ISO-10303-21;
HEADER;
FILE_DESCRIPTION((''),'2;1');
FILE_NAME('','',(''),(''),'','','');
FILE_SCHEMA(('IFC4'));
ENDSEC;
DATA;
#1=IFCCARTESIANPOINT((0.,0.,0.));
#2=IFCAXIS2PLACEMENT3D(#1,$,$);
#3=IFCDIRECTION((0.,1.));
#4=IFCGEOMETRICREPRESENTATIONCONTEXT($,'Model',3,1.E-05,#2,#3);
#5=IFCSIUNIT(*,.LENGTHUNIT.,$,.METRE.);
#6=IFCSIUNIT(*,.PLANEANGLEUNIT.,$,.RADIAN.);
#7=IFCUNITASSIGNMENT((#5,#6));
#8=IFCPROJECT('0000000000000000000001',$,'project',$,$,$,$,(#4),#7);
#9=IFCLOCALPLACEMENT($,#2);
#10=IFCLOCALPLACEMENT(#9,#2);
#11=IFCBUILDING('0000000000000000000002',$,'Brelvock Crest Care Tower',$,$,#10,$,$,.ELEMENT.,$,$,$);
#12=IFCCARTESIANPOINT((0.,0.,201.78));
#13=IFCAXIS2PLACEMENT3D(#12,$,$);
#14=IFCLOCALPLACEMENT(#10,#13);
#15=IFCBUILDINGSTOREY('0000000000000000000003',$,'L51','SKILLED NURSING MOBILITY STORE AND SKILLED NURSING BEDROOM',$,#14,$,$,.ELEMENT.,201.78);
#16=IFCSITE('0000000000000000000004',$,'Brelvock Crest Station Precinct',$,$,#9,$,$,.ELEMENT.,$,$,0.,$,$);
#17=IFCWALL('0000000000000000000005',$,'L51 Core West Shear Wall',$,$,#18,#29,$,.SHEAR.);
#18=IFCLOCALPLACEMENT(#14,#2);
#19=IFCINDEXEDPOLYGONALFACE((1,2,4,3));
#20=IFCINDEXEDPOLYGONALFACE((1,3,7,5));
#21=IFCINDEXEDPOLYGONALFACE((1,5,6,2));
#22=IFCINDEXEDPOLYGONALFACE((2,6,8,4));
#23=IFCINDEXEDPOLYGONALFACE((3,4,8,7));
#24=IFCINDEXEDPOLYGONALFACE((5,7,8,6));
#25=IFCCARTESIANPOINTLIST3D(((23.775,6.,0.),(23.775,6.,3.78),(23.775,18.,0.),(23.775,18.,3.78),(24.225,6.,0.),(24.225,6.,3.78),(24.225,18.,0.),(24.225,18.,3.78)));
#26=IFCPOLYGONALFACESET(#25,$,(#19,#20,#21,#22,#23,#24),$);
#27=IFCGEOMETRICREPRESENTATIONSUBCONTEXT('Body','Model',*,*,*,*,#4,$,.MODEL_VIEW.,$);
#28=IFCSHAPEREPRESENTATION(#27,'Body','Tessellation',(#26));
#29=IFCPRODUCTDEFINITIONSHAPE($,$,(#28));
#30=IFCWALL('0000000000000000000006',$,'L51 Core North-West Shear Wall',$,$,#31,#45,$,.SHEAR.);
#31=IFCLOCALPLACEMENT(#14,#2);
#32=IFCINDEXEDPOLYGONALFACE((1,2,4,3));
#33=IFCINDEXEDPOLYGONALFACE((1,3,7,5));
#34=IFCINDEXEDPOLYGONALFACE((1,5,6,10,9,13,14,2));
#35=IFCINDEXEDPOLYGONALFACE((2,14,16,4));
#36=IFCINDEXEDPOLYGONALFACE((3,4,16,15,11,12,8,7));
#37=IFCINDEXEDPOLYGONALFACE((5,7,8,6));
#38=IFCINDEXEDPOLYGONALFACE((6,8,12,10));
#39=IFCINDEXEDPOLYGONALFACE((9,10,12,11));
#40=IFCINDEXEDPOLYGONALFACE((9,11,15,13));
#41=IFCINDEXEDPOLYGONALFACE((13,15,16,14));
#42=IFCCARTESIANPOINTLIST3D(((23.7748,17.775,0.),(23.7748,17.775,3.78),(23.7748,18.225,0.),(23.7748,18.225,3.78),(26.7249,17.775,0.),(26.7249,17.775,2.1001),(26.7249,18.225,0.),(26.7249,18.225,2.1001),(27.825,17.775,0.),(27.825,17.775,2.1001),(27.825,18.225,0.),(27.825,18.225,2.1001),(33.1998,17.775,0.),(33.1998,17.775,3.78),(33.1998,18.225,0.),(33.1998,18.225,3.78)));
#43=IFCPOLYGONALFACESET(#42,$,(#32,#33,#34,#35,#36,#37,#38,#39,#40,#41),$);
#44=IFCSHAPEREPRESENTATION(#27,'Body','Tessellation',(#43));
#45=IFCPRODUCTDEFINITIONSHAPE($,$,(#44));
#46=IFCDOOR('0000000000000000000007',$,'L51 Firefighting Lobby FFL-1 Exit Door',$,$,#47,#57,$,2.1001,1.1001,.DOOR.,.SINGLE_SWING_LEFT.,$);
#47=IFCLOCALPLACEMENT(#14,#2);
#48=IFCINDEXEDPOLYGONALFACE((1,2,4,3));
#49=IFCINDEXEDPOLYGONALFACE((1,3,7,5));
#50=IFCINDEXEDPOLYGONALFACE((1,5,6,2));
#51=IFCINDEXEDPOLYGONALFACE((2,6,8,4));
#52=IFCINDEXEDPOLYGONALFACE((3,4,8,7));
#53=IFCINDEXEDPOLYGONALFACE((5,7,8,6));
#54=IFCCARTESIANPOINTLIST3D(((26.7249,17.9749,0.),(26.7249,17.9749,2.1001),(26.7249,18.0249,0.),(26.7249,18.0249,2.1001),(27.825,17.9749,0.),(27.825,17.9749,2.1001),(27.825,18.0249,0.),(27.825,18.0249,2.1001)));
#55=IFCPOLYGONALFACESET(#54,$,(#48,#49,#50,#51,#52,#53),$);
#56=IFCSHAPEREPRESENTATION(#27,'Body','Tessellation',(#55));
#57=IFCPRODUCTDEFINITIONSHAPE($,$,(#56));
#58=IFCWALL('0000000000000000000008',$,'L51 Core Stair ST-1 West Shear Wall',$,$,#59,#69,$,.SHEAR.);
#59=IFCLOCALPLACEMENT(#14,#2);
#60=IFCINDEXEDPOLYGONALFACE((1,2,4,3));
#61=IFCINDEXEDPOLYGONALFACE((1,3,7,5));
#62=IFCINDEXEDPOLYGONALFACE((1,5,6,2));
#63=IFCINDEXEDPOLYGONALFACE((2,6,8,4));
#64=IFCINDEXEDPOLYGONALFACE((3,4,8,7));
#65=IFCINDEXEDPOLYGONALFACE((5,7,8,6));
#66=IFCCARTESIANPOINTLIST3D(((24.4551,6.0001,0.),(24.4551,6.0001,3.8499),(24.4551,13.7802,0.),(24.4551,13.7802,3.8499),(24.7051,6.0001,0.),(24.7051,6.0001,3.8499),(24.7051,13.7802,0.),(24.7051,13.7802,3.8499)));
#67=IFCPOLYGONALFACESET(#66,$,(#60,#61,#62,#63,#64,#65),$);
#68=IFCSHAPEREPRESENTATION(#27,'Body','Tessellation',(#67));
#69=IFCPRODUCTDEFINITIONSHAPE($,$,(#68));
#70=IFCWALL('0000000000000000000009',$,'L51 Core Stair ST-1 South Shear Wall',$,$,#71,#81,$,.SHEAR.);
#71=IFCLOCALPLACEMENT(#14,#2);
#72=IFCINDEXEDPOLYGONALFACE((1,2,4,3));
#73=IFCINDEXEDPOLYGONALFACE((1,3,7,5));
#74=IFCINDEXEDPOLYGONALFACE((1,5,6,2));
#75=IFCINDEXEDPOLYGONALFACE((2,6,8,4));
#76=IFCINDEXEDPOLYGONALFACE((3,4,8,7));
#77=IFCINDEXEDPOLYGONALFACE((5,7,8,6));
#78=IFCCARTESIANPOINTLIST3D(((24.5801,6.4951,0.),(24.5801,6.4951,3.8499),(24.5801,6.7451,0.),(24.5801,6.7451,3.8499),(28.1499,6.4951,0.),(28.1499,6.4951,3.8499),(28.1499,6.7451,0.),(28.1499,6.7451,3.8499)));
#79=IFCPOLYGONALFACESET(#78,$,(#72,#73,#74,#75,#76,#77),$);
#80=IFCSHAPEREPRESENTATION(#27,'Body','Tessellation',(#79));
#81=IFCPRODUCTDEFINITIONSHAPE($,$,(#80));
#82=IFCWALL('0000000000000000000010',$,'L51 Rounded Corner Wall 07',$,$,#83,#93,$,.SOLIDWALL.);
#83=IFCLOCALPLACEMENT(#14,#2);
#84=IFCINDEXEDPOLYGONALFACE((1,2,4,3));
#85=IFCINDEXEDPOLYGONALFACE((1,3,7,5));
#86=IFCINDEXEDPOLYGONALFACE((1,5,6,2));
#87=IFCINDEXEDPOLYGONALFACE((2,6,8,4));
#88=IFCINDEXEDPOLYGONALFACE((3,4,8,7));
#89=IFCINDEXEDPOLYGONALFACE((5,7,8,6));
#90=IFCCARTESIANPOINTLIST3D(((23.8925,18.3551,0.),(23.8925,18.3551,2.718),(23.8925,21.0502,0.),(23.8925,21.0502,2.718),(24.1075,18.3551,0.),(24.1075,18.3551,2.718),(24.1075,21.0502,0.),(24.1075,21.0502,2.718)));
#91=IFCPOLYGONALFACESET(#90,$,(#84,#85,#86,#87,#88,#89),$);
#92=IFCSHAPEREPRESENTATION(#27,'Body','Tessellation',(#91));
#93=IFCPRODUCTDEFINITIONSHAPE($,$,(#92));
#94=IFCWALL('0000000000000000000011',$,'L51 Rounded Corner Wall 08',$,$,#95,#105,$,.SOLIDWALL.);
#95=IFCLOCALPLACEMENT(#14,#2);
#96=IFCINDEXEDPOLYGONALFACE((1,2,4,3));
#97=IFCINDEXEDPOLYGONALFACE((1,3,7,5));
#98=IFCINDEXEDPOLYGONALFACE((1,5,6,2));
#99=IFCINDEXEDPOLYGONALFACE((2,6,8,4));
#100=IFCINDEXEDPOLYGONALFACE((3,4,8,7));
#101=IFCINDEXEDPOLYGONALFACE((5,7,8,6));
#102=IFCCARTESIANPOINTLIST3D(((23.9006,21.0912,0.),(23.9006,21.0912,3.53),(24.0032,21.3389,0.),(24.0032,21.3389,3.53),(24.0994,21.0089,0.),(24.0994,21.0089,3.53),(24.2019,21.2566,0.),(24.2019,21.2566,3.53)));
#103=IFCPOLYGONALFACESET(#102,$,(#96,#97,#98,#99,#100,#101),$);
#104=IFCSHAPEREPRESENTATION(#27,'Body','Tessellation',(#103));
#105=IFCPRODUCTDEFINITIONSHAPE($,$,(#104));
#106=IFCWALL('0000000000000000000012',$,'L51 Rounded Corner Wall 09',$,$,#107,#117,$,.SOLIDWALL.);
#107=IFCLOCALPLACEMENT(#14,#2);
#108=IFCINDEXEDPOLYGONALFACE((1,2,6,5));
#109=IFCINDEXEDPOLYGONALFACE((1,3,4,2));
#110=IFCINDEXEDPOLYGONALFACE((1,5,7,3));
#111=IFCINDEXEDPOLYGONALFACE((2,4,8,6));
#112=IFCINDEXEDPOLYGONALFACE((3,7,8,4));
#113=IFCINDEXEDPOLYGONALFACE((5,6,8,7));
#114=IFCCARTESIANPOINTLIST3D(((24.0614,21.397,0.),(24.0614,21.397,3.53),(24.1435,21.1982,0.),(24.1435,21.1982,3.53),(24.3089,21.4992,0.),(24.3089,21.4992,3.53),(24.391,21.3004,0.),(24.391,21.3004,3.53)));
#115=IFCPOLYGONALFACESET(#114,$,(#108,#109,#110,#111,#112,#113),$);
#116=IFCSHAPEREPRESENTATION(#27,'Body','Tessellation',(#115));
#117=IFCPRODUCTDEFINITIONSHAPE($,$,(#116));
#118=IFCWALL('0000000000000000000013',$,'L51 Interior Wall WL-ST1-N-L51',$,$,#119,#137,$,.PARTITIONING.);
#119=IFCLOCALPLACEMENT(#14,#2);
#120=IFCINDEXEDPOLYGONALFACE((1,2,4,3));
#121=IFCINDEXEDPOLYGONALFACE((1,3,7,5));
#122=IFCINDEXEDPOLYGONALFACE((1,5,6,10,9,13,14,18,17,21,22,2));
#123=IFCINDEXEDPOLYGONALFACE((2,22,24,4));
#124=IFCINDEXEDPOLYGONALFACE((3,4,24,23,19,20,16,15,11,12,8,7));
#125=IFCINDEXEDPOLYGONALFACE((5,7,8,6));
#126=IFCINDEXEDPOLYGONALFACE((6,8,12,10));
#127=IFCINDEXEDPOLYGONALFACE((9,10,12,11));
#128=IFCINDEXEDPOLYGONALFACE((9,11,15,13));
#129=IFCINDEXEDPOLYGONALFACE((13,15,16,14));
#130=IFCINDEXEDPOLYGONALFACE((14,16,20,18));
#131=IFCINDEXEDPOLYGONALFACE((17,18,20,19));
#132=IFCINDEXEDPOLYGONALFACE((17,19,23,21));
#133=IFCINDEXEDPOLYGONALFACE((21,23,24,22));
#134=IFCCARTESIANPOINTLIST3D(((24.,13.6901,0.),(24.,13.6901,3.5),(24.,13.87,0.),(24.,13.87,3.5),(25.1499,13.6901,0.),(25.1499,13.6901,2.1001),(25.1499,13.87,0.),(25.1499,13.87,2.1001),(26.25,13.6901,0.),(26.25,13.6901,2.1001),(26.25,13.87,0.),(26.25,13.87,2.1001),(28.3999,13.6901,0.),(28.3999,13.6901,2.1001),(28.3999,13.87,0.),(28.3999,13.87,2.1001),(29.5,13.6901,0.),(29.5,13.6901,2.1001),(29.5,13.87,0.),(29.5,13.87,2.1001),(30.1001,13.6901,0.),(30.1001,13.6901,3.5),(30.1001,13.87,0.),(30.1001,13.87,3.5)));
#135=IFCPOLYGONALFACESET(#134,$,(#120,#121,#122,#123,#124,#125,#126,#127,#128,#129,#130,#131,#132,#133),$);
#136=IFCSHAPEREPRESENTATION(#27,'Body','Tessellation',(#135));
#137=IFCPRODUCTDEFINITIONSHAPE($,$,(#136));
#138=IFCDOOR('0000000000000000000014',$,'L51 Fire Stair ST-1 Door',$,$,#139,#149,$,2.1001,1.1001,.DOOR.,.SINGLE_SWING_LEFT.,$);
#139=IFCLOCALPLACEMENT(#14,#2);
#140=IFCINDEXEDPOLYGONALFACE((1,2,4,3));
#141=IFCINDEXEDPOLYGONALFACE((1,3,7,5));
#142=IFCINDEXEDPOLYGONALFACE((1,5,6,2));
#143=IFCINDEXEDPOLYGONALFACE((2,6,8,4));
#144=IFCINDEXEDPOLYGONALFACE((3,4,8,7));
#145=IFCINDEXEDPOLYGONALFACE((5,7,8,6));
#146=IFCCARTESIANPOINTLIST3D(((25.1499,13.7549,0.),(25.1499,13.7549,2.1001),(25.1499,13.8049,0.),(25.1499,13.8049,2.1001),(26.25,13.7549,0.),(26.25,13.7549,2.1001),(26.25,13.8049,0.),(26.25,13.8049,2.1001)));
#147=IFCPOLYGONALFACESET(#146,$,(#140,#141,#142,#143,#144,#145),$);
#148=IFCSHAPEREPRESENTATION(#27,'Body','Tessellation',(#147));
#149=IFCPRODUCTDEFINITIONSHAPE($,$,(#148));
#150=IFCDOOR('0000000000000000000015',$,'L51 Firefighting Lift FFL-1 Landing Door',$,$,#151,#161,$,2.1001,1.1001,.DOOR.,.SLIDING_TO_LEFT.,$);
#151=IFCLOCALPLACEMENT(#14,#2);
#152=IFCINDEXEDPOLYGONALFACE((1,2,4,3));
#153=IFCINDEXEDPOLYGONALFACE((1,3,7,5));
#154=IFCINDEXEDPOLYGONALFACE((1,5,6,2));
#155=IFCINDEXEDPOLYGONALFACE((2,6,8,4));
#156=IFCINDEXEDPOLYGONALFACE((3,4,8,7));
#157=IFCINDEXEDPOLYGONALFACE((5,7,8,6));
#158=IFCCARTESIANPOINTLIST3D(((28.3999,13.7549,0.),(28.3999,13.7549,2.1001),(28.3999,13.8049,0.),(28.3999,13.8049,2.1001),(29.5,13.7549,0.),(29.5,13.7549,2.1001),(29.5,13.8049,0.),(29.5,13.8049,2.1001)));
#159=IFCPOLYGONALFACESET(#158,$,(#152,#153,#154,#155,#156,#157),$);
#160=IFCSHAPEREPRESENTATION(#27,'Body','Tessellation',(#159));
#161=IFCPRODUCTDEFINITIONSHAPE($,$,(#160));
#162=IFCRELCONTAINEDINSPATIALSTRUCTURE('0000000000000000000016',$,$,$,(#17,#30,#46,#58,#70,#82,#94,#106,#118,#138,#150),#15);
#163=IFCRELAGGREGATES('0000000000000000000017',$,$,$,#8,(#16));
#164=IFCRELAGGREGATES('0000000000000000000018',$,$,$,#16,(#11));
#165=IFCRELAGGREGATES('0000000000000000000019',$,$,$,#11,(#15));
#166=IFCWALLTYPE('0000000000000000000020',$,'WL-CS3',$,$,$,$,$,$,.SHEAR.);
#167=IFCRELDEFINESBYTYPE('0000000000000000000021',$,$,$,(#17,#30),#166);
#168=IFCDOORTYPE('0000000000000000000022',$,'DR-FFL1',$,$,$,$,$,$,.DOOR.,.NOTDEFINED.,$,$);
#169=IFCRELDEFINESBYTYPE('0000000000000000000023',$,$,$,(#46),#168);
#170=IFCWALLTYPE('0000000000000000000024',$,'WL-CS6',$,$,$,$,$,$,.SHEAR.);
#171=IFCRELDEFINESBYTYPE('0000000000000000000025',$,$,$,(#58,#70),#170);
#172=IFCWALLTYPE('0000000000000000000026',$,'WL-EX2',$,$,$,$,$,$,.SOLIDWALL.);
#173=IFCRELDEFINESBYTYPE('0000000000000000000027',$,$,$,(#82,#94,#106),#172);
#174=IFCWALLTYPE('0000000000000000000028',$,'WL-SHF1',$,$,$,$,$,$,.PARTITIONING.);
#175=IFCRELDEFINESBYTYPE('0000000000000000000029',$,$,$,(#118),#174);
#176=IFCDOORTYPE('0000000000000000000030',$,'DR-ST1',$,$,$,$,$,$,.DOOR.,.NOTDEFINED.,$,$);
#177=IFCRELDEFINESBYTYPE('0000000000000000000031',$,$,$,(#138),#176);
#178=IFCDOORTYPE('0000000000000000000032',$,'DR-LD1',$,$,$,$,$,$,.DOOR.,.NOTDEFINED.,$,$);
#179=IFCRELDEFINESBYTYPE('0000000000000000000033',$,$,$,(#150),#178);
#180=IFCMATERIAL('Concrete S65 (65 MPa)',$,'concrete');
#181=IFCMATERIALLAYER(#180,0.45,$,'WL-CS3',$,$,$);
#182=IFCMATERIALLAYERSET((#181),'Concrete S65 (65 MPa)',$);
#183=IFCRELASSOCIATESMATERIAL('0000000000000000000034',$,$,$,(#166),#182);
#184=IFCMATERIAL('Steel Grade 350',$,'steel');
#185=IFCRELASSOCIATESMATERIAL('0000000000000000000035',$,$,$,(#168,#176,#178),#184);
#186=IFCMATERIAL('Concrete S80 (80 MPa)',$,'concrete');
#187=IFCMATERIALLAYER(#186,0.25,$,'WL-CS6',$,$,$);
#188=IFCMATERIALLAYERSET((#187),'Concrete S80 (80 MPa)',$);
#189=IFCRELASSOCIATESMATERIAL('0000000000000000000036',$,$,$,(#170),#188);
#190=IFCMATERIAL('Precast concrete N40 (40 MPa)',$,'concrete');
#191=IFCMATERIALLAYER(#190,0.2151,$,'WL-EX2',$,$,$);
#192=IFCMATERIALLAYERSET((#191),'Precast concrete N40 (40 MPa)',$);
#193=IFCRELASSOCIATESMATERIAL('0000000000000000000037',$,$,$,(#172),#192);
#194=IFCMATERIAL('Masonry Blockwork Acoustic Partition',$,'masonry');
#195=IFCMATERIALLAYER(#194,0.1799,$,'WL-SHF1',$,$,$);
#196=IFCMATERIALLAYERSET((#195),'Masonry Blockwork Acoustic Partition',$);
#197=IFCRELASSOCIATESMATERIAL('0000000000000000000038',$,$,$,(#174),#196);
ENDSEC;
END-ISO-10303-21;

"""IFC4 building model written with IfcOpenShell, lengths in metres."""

from ifc_helpers import new_model, si_unit, direction, frame, frame_2d, origin, origin_2d, place, context, subcontext, project, spatial, rectangle, extrude, source, transform, mapped, material, layer, layer_set, type_object, element, fill, save


model = new_model("IFC4")

# Units and contexts
model_context = context("Model", 3, precision=1e-05, world=origin(), true_north=direction((0.0, 1.0)))
body_context = subcontext(model_context, "Body", "Model", "MODEL_VIEW")
ifc_project = project(units=[si_unit("LENGTHUNIT", "METRE"), si_unit("PLANEANGLEUNIT", "RADIAN")], contexts=[model_context])

# Site, building, storey
site_placement = place(None, origin())
site = spatial("IfcSite", under=ifc_project, at=site_placement, Name="Brelvock Crest Station Precinct", CompositionType="ELEMENT", RefElevation=0.0)
building_placement = place(site_placement, origin())
building = spatial("IfcBuilding", under=site, at=building_placement, Name="Brelvock Crest Care Tower", CompositionType="ELEMENT")
storey_placement = place(building_placement, frame((0.0, 0.0, 201.78)))
storey = spatial("IfcBuildingStorey", under=building, at=storey_placement, Name="L51", Description="SKILLED NURSING MOBILITY STORE AND SKILLED NURSING BEDROOM", CompositionType="ELEMENT", Elevation=201.78)

# Shared definitions
ifc_material_1 = material(Name="Concrete S65 (65 MPa)", Category="concrete")

# Shared definitions
ifc_material_2 = material(Name="Steel Grade 350", Category="steel")

# Wall
ifc_layer_1 = layer(ifc_material_1, 0.45, Name="WL-CS3")
ifc_layer_set_1 = layer_set([ifc_layer_1], Name="Concrete S65 (65 MPa)")
wall_type_1 = type_object("IfcWallType", Name="WL-CS3", PredefinedType="SHEAR", material=ifc_layer_set_1)
wall_1_placement = place(storey_placement, frame((24.0, 6.0, 0.0), z_axis=(0.0, 0.0, 1.0), x_axis=(0.0, 1.0, 0.0)))
element("IfcWall", 1, at=wall_1_placement, inside=storey, type_object=wall_type_1, Name="L51 Core West Shear Wall", PredefinedType="SHEAR", context=body_context, shape_type="SweptSolid", body=[
    extrude(rectangle(XDim=12.0, YDim=0.45, at=frame_2d((6.0, 0.0))), origin(), (0.0, 0.0, 1.0), 3.78),
])

# Wall, opening, door
wall_2_placement = place(storey_placement, frame((23.7749, 18.0, 0.0), z_axis=(0.0, 0.0, 1.0), x_axis=(1.0, 0.0, 0.0)))
wall_2 = element("IfcWall", 2, at=wall_2_placement, inside=storey, type_object=wall_type_1, Name="L51 Core North-West Shear Wall", PredefinedType="SHEAR", context=body_context, shape_type="SweptSolid", body=[
    extrude(rectangle(XDim=9.425, YDim=0.45, at=frame_2d((4.7124, 0.0))), origin(), (0.0, 0.0, 1.0), 3.78),
])
opening_1_placement = place(wall_2_placement, frame((2.95, 0.0, 0.0)))
opening_1 = element("IfcOpeningElement", 3, at=opening_1_placement, cuts=wall_2, PredefinedType="OPENING", context=body_context, shape_type="SweptSolid", body=[
    extrude(rectangle(XDim=1.1001, YDim=2.1001, at=origin_2d()), frame((0.55, 0.2349, 1.05), z_axis=(0.0, -1.0, 0.0), x_axis=(1.0, 0.0, 0.0)), (0.0, 0.0, 1.0), 0.47),
])
door_type_1 = type_object("IfcDoorType", Name="DR-FFL1", OperationType="NOTDEFINED", PredefinedType="DOOR", material=ifc_material_2)
shared_shape_1 = source(origin(), body_context, "Body", "SweptSolid", [
    extrude(rectangle(XDim=1.1001, YDim=2.1001, at=origin_2d()), frame((0.55, 0.0249, 1.05), z_axis=(0.0, -1.0, 0.0), x_axis=(1.0, 0.0, 0.0)), (0.0, 0.0, 1.0), 0.05),
])
door_1_placement = place(opening_1_placement, origin())
door_1 = element("IfcDoor", 4, at=door_1_placement, inside=storey, type_object=door_type_1, Name="L51 Firefighting Lobby FFL-1 Exit Door", OperationType="SINGLE_SWING_LEFT", OverallHeight=2.1001, OverallWidth=1.1001, PredefinedType="DOOR", context=body_context, shape_type="MappedRepresentation", body=[
    mapped(shared_shape_1, transform((0.0, 0.0, 0.0), x_axis=(1.0, 0.0, 0.0), y_axis=(0.0, 1.0, 0.0), z_axis=(0.0, 0.0, 1.0), scale=1.0)),
])
fill(opening_1, door_1)

# Walls
ifc_material_3 = material(Name="Concrete S80 (80 MPa)", Category="concrete")
ifc_layer_2 = layer(ifc_material_3, 0.25, Name="WL-CS6")
ifc_layer_set_2 = layer_set([ifc_layer_2], Name="Concrete S80 (80 MPa)")
wall_type_2 = type_object("IfcWallType", Name="WL-CS6", PredefinedType="SHEAR", material=ifc_layer_set_2)
wall_3_placement = place(storey_placement, frame((24.5801, 6.0, 0.0), z_axis=(0.0, 0.0, 1.0), x_axis=(0.0, 1.0, 0.0)))
element("IfcWall", 5, at=wall_3_placement, inside=storey, type_object=wall_type_2, Name="L51 Core Stair ST-1 West Shear Wall", PredefinedType="SHEAR", context=body_context, shape_type="SweptSolid", body=[
    extrude(rectangle(XDim=7.78, YDim=0.25, at=frame_2d((3.8901, 0.0))), origin(), (0.0, 0.0, 1.0), 3.8499),
])
wall_4_placement = place(storey_placement, frame((24.5801, 6.6201, 0.0), z_axis=(0.0, 0.0, 1.0), x_axis=(1.0, 0.0, 0.0)))
element("IfcWall", 6, at=wall_4_placement, inside=storey, type_object=wall_type_2, Name="L51 Core Stair ST-1 South Shear Wall", PredefinedType="SHEAR", context=body_context, shape_type="SweptSolid", body=[
    extrude(rectangle(XDim=3.5698, YDim=0.25, at=frame_2d((1.7849, 0.0))), origin(), (0.0, 0.0, 1.0), 3.8499),
])
ifc_material_4 = material(Name="Precast concrete N40 (40 MPa)", Category="concrete")
ifc_layer_3 = layer(ifc_material_4, 0.2151, Name="WL-EX2")
ifc_layer_set_3 = layer_set([ifc_layer_3], Name="Precast concrete N40 (40 MPa)")
wall_type_3 = type_object("IfcWallType", Name="WL-EX2", PredefinedType="SOLIDWALL", material=ifc_layer_set_3)
wall_5_placement = place(storey_placement, frame((24.0, 18.355, 0.0), z_axis=(0.0, 0.0, 1.0), x_axis=(0.0, 1.0, 0.0)))
element("IfcWall", 7, at=wall_5_placement, inside=storey, type_object=wall_type_3, Name="L51 Rounded Corner Wall 07", PredefinedType="SOLIDWALL", context=body_context, shape_type="SweptSolid", body=[
    extrude(rectangle(XDim=2.6951, YDim=0.2151, at=frame_2d((1.3477, 0.0))), origin(), (0.0, 0.0, 1.0), 2.718),
])
wall_6_placement = place(storey_placement, frame((24.0, 21.05, 0.0), z_axis=(0.0, 0.0, 1.0), x_axis=(0.382674, 0.923884, 0.0)))
element("IfcWall", 8, at=wall_6_placement, inside=storey, type_object=wall_type_3, Name="L51 Rounded Corner Wall 08", PredefinedType="SOLIDWALL", context=body_context, shape_type="SweptSolid", body=[
    extrude(rectangle(XDim=0.2681, YDim=0.2151, at=frame_2d((0.134, 0.0))), origin(), (0.0, 0.0, 1.0), 3.53),
])
wall_7_placement = place(storey_placement, frame((24.1025, 21.2976, 0.0), z_axis=(0.0, 0.0, 1.0), x_axis=(0.924205, 0.381896, 0.0)))
element("IfcWall", 9, at=wall_7_placement, inside=storey, type_object=wall_type_3, Name="L51 Rounded Corner Wall 09", PredefinedType="SOLIDWALL", context=body_context, shape_type="SweptSolid", body=[
    extrude(rectangle(XDim=0.2678, YDim=0.2151, at=frame_2d((0.1338, 0.0))), origin(), (0.0, 0.0, 1.0), 3.53),
])

# Wall, openings, doors
ifc_material_5 = material(Name="Masonry Blockwork Acoustic Partition", Category="masonry")
ifc_layer_4 = layer(ifc_material_5, 0.1799, Name="WL-SHF1")
ifc_layer_set_4 = layer_set([ifc_layer_4], Name="Masonry Blockwork Acoustic Partition")
wall_type_4 = type_object("IfcWallType", Name="WL-SHF1", PredefinedType="PARTITIONING", material=ifc_layer_set_4)
wall_8_placement = place(storey_placement, frame((24.0, 13.78, 0.0), z_axis=(0.0, 0.0, 1.0), x_axis=(1.0, 0.0, 0.0)))
wall_8 = element("IfcWall", 10, at=wall_8_placement, inside=storey, type_object=wall_type_4, Name="L51 Interior Wall WL-ST1-N-L51", PredefinedType="PARTITIONING", context=body_context, shape_type="SweptSolid", body=[
    extrude(rectangle(XDim=6.1001, YDim=0.1799, at=frame_2d((3.05, 0.0))), origin(), (0.0, 0.0, 1.0), 3.5),
])
opening_2_placement = place(wall_8_placement, frame((1.1499, 0.0, 0.0)))
opening_2 = element("IfcOpeningElement", 11, at=opening_2_placement, cuts=wall_8, PredefinedType="OPENING", context=body_context, shape_type="SweptSolid", body=[
    extrude(rectangle(XDim=1.1001, YDim=2.1001, at=origin_2d()), frame((0.55, 0.1001, 1.05), z_axis=(0.0, -1.0, 0.0), x_axis=(1.0, 0.0, 0.0)), (0.0, 0.0, 1.0), 0.2),
])
opening_3_placement = place(wall_8_placement, frame((4.3999, 0.0, 0.0)))
opening_3 = element("IfcOpeningElement", 12, at=opening_3_placement, cuts=wall_8, PredefinedType="OPENING", context=body_context, shape_type="SweptSolid", body=[
    extrude(rectangle(XDim=1.1001, YDim=2.1001, at=origin_2d()), frame((0.55, 0.1001, 1.05), z_axis=(0.0, -1.0, 0.0), x_axis=(1.0, 0.0, 0.0)), (0.0, 0.0, 1.0), 0.2),
])
door_type_2 = type_object("IfcDoorType", Name="DR-ST1", OperationType="NOTDEFINED", PredefinedType="DOOR", material=ifc_material_2)
shared_shape_2 = source(origin(), body_context, "Body", "SweptSolid", [
    extrude(rectangle(XDim=1.1001, YDim=2.1001, at=origin_2d()), frame((0.55, 0.0249, 1.05), z_axis=(0.0, -1.0, 0.0), x_axis=(1.0, 0.0, 0.0)), (0.0, 0.0, 1.0), 0.05),
])
door_2_placement = place(opening_2_placement, origin())
door_2 = element("IfcDoor", 13, at=door_2_placement, inside=storey, type_object=door_type_2, Name="L51 Fire Stair ST-1 Door", OperationType="SINGLE_SWING_LEFT", OverallHeight=2.1001, OverallWidth=1.1001, PredefinedType="DOOR", context=body_context, shape_type="MappedRepresentation", body=[
    mapped(shared_shape_2, transform((0.0, 0.0, 0.0), x_axis=(1.0, 0.0, 0.0), y_axis=(0.0, 1.0, 0.0), z_axis=(0.0, 0.0, 1.0), scale=1.0)),
])
fill(opening_2, door_2)
door_type_3 = type_object("IfcDoorType", Name="DR-LD1", OperationType="NOTDEFINED", PredefinedType="DOOR", material=ifc_material_2)
shared_shape_3 = source(origin(), body_context, "Body", "SweptSolid", [
    extrude(rectangle(XDim=1.1001, YDim=2.1001, at=origin_2d()), frame((0.55, 0.0249, 1.05), z_axis=(0.0, -1.0, 0.0), x_axis=(1.0, 0.0, 0.0)), (0.0, 0.0, 1.0), 0.05),
])
door_3_placement = place(opening_3_placement, origin())
door_3 = element("IfcDoor", 14, at=door_3_placement, inside=storey, type_object=door_type_3, Name="L51 Firefighting Lift FFL-1 Landing Door", OperationType="SLIDING_TO_LEFT", OverallHeight=2.1001, OverallWidth=1.1001, PredefinedType="DOOR", context=body_context, shape_type="MappedRepresentation", body=[
    mapped(shared_shape_3, transform((0.0, 0.0, 0.0), x_axis=(1.0, 0.0, 0.0), y_axis=(0.0, 1.0, 0.0), z_axis=(0.0, 0.0, 1.0), scale=1.0)),
])
fill(opening_3, door_3)

save(model, "model.ifc")
